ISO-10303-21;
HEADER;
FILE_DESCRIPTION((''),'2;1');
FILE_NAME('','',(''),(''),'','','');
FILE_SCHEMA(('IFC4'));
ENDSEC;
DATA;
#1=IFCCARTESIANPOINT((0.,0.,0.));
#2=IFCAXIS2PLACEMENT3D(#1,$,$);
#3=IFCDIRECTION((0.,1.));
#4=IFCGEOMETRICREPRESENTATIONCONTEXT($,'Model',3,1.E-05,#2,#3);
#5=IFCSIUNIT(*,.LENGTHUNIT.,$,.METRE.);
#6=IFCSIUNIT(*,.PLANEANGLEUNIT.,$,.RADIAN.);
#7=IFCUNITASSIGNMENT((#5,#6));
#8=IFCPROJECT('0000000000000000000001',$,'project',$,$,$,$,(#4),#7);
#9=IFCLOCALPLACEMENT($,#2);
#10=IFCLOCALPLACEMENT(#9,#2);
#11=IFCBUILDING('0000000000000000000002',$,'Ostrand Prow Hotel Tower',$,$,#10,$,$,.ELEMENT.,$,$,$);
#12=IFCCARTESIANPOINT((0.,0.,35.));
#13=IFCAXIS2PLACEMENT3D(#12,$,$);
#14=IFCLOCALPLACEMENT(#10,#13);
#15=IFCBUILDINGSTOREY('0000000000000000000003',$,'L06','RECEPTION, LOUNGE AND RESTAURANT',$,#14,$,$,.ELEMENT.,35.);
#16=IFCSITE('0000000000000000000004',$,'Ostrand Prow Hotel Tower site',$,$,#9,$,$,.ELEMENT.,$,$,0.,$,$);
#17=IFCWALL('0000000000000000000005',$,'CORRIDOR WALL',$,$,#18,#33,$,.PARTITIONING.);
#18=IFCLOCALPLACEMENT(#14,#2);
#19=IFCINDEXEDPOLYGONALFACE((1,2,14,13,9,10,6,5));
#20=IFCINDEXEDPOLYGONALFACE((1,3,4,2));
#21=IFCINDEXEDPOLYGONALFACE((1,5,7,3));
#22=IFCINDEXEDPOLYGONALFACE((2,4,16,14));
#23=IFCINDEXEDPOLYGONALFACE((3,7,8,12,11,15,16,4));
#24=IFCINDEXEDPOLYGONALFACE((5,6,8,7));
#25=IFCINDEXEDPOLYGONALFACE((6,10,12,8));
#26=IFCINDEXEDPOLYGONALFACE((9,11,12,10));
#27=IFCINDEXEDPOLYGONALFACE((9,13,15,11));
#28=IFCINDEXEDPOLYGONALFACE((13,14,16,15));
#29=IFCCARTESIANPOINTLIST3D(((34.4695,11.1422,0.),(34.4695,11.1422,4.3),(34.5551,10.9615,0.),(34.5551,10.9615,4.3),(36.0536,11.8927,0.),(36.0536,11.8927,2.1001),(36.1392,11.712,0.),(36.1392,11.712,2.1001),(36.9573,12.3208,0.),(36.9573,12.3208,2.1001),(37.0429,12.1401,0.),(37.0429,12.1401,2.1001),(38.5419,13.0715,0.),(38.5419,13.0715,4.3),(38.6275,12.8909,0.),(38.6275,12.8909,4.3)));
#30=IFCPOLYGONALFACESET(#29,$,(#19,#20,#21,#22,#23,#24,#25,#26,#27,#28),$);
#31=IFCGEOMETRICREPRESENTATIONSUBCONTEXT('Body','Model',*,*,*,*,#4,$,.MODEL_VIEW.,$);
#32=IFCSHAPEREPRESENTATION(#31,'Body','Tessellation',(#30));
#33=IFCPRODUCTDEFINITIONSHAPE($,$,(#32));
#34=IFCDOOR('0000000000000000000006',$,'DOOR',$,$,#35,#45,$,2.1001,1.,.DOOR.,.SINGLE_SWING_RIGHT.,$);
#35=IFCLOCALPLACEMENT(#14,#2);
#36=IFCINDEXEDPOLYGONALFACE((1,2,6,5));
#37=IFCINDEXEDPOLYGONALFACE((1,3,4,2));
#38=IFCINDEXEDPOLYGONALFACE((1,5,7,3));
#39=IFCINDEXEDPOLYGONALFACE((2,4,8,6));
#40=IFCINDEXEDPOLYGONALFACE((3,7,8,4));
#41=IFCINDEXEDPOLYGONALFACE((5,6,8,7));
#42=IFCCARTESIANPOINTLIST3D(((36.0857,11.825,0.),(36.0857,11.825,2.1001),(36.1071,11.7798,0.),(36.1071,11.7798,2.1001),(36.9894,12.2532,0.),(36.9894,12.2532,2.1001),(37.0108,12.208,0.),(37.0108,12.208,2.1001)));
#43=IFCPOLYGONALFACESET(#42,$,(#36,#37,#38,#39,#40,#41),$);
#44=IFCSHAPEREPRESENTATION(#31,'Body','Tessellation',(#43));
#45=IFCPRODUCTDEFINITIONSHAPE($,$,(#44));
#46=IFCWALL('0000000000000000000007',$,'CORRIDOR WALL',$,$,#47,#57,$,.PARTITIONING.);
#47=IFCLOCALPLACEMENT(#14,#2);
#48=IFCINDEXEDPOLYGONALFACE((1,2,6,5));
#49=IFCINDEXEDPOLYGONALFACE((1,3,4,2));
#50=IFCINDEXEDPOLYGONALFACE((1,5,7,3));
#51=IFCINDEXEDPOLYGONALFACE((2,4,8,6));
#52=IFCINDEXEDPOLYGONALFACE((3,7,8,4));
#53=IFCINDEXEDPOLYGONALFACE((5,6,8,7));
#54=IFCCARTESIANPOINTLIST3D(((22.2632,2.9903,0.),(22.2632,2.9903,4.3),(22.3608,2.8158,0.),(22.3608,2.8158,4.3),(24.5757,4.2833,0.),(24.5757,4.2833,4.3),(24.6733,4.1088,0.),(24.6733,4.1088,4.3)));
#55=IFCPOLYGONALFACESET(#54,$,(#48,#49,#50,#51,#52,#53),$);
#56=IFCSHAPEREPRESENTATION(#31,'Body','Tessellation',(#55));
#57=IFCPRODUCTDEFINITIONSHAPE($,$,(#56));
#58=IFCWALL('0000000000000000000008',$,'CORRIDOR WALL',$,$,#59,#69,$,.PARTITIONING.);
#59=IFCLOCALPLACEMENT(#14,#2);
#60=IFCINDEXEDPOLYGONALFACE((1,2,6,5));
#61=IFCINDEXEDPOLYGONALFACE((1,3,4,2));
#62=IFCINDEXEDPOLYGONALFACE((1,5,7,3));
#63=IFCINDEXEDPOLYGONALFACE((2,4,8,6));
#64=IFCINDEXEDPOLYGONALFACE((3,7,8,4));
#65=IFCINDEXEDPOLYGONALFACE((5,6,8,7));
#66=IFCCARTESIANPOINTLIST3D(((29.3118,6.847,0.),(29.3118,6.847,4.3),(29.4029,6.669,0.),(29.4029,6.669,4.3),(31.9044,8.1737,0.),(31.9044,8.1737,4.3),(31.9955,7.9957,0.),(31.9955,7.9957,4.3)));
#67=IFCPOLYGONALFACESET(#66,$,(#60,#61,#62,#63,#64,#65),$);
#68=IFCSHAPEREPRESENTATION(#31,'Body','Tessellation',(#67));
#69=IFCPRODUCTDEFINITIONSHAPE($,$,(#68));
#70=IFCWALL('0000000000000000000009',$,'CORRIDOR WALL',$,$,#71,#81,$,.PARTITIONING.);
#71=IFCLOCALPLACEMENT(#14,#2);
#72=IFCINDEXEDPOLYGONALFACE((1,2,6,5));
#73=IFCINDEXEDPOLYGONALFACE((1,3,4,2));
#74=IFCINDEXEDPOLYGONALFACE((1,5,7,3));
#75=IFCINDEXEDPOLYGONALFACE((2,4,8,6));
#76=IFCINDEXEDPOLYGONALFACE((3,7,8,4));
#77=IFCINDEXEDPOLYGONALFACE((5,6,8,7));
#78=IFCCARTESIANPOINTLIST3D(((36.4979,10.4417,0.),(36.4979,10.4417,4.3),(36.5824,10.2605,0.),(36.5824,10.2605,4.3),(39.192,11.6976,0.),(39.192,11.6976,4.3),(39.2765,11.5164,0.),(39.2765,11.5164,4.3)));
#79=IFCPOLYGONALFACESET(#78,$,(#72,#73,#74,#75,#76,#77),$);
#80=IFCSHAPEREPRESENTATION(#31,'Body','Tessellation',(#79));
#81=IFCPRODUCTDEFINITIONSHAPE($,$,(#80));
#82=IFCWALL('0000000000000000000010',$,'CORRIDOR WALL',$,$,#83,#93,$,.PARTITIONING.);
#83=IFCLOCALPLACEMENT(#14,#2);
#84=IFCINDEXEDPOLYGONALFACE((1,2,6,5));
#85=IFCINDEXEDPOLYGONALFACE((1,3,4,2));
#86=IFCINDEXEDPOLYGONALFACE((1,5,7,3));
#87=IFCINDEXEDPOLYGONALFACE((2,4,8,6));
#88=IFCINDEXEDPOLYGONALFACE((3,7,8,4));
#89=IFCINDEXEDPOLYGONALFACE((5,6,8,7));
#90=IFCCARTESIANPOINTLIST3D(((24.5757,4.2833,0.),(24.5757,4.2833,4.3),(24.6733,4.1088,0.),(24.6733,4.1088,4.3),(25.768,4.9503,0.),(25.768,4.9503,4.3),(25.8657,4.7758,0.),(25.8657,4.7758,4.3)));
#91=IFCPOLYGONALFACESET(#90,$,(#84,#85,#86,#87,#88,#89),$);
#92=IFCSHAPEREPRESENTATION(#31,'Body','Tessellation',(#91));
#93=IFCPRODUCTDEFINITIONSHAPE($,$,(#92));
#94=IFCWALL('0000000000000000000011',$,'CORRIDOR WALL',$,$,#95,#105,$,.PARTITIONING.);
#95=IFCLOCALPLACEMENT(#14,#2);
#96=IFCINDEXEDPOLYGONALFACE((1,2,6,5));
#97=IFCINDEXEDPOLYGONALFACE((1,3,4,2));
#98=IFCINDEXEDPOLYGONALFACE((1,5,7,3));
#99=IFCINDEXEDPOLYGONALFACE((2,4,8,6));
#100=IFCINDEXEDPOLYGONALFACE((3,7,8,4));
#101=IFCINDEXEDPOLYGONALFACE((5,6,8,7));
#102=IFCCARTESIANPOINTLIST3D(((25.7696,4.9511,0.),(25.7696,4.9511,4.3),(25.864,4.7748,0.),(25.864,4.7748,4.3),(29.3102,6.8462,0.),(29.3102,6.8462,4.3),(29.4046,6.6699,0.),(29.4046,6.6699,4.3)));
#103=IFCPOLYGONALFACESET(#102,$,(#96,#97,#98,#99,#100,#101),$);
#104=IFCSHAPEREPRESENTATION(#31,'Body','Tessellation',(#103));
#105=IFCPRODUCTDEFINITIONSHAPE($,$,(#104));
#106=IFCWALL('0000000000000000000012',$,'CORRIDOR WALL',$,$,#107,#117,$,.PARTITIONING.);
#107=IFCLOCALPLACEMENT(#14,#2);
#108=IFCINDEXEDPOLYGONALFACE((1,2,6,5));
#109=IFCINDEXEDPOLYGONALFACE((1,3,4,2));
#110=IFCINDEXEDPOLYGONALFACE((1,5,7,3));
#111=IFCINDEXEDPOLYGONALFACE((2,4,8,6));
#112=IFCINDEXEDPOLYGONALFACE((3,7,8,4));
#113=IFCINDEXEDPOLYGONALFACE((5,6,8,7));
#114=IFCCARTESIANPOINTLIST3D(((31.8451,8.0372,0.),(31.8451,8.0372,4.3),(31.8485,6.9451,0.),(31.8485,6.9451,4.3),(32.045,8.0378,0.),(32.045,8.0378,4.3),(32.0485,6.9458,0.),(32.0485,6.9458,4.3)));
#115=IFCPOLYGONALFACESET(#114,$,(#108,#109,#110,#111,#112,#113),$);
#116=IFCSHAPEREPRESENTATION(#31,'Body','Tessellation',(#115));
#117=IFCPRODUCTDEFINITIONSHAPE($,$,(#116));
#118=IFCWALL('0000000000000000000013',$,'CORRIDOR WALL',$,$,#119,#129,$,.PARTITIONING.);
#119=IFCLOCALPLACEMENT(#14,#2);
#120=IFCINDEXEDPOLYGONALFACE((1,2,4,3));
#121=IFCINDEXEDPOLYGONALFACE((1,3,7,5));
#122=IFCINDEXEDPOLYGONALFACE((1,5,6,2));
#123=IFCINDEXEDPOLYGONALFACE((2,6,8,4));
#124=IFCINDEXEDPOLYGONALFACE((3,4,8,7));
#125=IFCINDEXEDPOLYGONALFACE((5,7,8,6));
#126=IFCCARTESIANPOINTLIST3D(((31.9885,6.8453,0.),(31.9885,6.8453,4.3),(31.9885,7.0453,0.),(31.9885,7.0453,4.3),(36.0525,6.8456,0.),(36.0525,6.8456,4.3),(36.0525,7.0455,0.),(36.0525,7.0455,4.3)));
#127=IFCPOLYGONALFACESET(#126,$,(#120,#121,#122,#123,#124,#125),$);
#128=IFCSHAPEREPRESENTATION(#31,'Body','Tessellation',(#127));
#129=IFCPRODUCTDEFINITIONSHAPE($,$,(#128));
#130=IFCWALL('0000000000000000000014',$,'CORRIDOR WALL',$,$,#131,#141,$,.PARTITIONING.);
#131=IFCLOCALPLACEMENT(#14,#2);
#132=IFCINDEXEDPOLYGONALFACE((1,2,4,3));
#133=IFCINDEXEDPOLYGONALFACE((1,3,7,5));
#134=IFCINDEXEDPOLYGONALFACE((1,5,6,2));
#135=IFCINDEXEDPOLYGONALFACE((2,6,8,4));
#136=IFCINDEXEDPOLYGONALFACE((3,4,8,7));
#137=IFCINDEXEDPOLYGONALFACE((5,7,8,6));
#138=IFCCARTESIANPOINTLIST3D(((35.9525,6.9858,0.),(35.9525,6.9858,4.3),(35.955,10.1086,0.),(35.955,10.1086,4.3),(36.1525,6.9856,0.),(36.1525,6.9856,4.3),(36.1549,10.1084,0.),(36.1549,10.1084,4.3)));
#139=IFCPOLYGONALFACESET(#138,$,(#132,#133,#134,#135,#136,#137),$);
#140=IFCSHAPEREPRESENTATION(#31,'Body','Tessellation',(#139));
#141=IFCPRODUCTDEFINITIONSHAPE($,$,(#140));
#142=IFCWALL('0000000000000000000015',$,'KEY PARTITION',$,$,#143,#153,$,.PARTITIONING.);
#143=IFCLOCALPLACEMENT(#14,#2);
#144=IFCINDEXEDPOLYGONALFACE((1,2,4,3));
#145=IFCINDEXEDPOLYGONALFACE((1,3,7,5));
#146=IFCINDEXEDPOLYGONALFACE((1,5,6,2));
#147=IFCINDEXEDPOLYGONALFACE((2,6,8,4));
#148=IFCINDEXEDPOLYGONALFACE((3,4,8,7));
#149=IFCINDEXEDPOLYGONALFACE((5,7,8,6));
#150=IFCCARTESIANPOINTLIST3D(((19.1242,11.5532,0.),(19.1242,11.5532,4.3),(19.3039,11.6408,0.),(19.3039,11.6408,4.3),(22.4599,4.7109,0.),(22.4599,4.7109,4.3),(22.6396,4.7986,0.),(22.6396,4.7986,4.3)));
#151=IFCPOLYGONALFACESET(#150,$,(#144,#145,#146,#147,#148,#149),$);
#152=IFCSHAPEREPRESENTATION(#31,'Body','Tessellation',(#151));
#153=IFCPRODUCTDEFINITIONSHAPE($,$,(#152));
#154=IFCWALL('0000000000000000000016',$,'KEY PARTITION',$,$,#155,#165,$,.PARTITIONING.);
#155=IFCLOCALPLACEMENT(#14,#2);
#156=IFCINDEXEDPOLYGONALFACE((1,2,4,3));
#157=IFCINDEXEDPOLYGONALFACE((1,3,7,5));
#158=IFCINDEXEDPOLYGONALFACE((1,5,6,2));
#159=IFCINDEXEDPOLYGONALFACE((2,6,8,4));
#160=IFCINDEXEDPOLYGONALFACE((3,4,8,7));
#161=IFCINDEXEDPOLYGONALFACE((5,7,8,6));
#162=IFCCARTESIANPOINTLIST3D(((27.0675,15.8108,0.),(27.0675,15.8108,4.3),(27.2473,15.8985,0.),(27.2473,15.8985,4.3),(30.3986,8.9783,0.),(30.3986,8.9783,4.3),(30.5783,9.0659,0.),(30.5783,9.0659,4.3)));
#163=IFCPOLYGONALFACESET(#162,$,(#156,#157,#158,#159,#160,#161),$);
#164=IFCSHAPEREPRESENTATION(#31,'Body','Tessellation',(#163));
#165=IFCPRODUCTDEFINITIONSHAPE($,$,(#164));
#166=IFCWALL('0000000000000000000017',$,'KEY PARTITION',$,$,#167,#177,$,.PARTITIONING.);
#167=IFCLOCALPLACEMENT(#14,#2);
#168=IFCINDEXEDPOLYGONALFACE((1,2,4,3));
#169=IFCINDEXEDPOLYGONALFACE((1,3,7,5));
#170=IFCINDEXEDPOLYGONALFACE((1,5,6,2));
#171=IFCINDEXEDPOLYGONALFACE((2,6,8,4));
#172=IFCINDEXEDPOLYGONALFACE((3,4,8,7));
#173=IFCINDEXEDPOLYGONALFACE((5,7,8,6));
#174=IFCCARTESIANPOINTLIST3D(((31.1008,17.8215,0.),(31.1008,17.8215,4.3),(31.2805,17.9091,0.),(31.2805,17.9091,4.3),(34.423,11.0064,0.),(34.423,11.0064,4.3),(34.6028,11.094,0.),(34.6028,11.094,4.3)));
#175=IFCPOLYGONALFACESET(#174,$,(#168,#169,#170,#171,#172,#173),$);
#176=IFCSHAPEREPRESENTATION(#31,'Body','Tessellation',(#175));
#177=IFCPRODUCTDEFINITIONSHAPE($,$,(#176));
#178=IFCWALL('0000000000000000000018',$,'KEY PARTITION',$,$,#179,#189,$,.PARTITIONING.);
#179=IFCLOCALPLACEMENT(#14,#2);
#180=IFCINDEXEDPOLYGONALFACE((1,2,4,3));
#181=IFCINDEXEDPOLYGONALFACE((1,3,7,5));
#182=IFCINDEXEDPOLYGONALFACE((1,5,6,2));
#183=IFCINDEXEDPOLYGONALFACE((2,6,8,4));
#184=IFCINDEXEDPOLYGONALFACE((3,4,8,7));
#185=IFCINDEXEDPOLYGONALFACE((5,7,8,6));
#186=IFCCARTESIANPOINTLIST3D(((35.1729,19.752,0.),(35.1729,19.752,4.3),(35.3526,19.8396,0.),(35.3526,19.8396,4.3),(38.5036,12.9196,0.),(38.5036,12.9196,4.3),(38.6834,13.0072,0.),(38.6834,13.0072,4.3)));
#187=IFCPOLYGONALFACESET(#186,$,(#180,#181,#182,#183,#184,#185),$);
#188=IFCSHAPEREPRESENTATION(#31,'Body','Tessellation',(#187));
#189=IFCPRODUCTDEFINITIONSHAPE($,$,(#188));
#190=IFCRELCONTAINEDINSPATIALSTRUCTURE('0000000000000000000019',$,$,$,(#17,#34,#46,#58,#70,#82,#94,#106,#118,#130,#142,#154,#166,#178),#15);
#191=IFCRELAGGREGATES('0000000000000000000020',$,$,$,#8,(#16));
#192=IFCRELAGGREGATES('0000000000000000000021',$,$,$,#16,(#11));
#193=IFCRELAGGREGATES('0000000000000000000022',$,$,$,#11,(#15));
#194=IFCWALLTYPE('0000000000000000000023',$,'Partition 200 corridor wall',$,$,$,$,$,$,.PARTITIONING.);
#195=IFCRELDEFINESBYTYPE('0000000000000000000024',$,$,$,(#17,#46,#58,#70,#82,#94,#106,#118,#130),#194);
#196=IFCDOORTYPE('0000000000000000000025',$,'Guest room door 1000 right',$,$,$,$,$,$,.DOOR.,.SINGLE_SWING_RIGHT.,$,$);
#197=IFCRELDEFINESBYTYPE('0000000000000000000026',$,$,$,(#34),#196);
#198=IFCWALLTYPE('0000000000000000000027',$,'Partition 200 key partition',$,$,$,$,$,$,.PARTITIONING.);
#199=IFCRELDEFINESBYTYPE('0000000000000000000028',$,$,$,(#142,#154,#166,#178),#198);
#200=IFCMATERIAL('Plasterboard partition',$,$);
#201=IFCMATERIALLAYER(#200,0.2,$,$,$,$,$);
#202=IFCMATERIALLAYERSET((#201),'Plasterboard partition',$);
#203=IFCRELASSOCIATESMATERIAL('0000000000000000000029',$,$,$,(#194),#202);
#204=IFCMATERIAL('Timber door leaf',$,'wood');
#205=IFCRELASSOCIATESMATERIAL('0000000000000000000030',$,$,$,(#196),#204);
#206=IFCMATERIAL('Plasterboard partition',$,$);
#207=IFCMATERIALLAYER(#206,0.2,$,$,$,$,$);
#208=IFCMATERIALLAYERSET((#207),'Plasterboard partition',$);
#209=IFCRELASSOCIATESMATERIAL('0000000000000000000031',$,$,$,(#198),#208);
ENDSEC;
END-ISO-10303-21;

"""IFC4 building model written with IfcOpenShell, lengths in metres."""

from ifc_helpers import new_model, si_unit, direction, frame, frame_2d, origin, place, context, subcontext, project, spatial, rectangle, extrude, material, layer, layer_set, type_object, element, fill, save


model = new_model("IFC4")

# Units and contexts
model_context = context("Model", 3, precision=1e-05, world=origin(), true_north=direction((0.0, 1.0)))
body_context = subcontext(model_context, "Body", "Model", "MODEL_VIEW")
ifc_project = project(units=[si_unit("LENGTHUNIT", "METRE"), si_unit("PLANEANGLEUNIT", "RADIAN")], contexts=[model_context])

# Site, building, storey
site_placement = place(None, origin())
site = spatial("IfcSite", under=ifc_project, at=site_placement, Name="Ostrand Prow Hotel Tower site", CompositionType="ELEMENT", RefElevation=0.0)
building_placement = place(site_placement, origin())
building = spatial("IfcBuilding", under=site, at=building_placement, Name="Ostrand Prow Hotel Tower", CompositionType="ELEMENT")
storey_placement = place(building_placement, frame((0.0, 0.0, 35.0)))
storey = spatial("IfcBuildingStorey", under=building, at=storey_placement, Name="L06", Description="RECEPTION, LOUNGE AND RESTAURANT", CompositionType="ELEMENT", Elevation=35.0)

# Wall, opening, door
ifc_material_1 = material(Name="Plasterboard partition")
ifc_layer_1 = layer(ifc_material_1, 0.2)
ifc_layer_set_1 = layer_set([ifc_layer_1], Name="Plasterboard partition")
wall_type_1 = type_object("IfcWallType", Name="Partition 200 corridor wall", PredefinedType="PARTITIONING", material=ifc_layer_set_1)
wall_1_placement = place(storey_placement, frame((38.5847, 12.9812, 0.0), z_axis=(0.0, 0.0, 1.0), x_axis=(-0.903707, -0.428152, 0.0)))
wall_1 = element("IfcWall", 1, at=wall_1_placement, inside=storey, type_object=wall_type_1, Name="CORRIDOR WALL", PredefinedType="PARTITIONING", context=body_context, shape_type="SweptSolid", body=[
    extrude(rectangle(XDim=4.5063, YDim=0.2, at=frame_2d((2.2532, 0.0))), origin(), (0.0, 0.0, 1.0), 4.3),
])
opening_1_placement = place(wall_1_placement, frame((1.7534, 0.0, 0.0)))
opening_1 = element("IfcOpeningElement", 2, at=opening_1_placement, cuts=wall_1, PredefinedType="OPENING", context=body_context, shape_type="SweptSolid", body=[
    extrude(rectangle(XDim=1.0, YDim=2.1001, at=frame_2d((0.5, 1.05))), frame((0.0, 0.1099, 0.0), z_axis=(0.0, -1.0, 0.0), x_axis=(1.0, 0.0, 0.0)), (0.0, 0.0, 1.0), 0.22),
])
ifc_material_2 = material(Name="Timber door leaf", Category="wood")
door_type_1 = type_object("IfcDoorType", Name="Guest room door 1000 right", OperationType="SINGLE_SWING_RIGHT", PredefinedType="DOOR", material=ifc_material_2)
door_1_placement = place(opening_1_placement, origin())
door_1 = element("IfcDoor", 3, at=door_1_placement, inside=storey, type_object=door_type_1, Name="DOOR", OperationType="SINGLE_SWING_RIGHT", OverallHeight=2.1001, OverallWidth=1.0, PredefinedType="DOOR", context=body_context, shape_type="SweptSolid", body=[
    extrude(rectangle(XDim=1.0, YDim=2.1001, at=frame_2d((0.5, 1.05))), frame((0.0, 0.0249, 0.0), z_axis=(0.0, -1.0, 0.0), x_axis=(1.0, 0.0, 0.0)), (0.0, 0.0, 1.0), 0.05),
])
fill(opening_1, door_1)

# Walls
wall_2_placement = place(storey_placement, frame((22.312, 2.9031, 0.0), z_axis=(0.0, 0.0, 1.0), x_axis=(0.872833, 0.48802, 0.0)))
element("IfcWall", 4, at=wall_2_placement, inside=storey, type_object=wall_type_1, Name="CORRIDOR WALL", PredefinedType="PARTITIONING", context=body_context, shape_type="SweptSolid", body=[
    extrude(rectangle(XDim=2.6494, YDim=0.2, at=frame_2d((1.3247, 0.0))), origin(), (0.0, 0.0, 1.0), 4.3),
])
wall_3_placement = place(storey_placement, frame((29.3574, 6.7581, 0.0), z_axis=(0.0, 0.0, 1.0), x_axis=(0.890213, 0.455544, 0.0)))
element("IfcWall", 5, at=wall_3_placement, inside=storey, type_object=wall_type_1, Name="CORRIDOR WALL", PredefinedType="PARTITIONING", context=body_context, shape_type="SweptSolid", body=[
    extrude(rectangle(XDim=2.9124, YDim=0.2, at=frame_2d((1.4561, 0.0))), origin(), (0.0, 0.0, 1.0), 4.3),
])
wall_4_placement = place(storey_placement, frame((36.54, 10.3511, 0.0), z_axis=(0.0, 0.0, 1.0), x_axis=(0.906361, 0.422503, 0.0)))
element("IfcWall", 6, at=wall_4_placement, inside=storey, type_object=wall_type_1, Name="CORRIDOR WALL", PredefinedType="PARTITIONING", context=body_context, shape_type="SweptSolid", body=[
    extrude(rectangle(XDim=2.9724, YDim=0.2, at=frame_2d((1.4863, 0.0))), origin(), (0.0, 0.0, 1.0), 4.3),
])
wall_5_placement = place(storey_placement, frame((24.6245, 4.196, 0.0), z_axis=(0.0, 0.0, 1.0), x_axis=(0.872738, 0.48819, 0.0)))
element("IfcWall", 7, at=wall_5_placement, inside=storey, type_object=wall_type_1, Name="CORRIDOR WALL", PredefinedType="PARTITIONING", context=body_context, shape_type="SweptSolid", body=[
    extrude(rectangle(XDim=1.3662, YDim=0.2, at=frame_2d((0.6831, 0.0))), origin(), (0.0, 0.0, 1.0), 4.3),
])
wall_6_placement = place(storey_placement, frame((25.8169, 4.863, 0.0), z_axis=(0.0, 0.0, 1.0), x_axis=(0.881655, 0.471894, 0.0)))
element("IfcWall", 8, at=wall_6_placement, inside=storey, type_object=wall_type_1, Name="CORRIDOR WALL", PredefinedType="PARTITIONING", context=body_context, shape_type="SweptSolid", body=[
    extrude(rectangle(XDim=4.0159, YDim=0.2, at=frame_2d((2.0078, 0.0))), origin(), (0.0, 0.0, 1.0), 4.3),
])
wall_7_placement = place(storey_placement, frame((31.9451, 8.0374, 0.0), z_axis=(0.0, 0.0, 1.0), x_axis=(0.00313, -0.999995, 0.0)))
element("IfcWall", 9, at=wall_7_placement, inside=storey, type_object=wall_type_1, Name="CORRIDOR WALL", PredefinedType="PARTITIONING", context=body_context, shape_type="SweptSolid", body=[
    extrude(rectangle(XDim=1.092, YDim=0.2, at=frame_2d((0.5459, 0.0))), origin(), (0.0, 0.0, 1.0), 4.3),
])
wall_8_placement = place(storey_placement, frame((31.9885, 6.9453, 0.0), z_axis=(0.0, 0.0, 1.0), x_axis=(1.0, 0.00006, 0.0)))
element("IfcWall", 10, at=wall_8_placement, inside=storey, type_object=wall_type_1, Name="CORRIDOR WALL", PredefinedType="PARTITIONING", context=body_context, shape_type="SweptSolid", body=[
    extrude(rectangle(XDim=4.064, YDim=0.2, at=frame_2d((2.032, 0.0))), origin(), (0.0, 0.0, 1.0), 4.3),
])
wall_9_placement = place(storey_placement, frame((36.0525, 6.9856, 0.0), z_axis=(0.0, 0.0, 1.0), x_axis=(0.000782, 1.0, 0.0)))
element("IfcWall", 11, at=wall_9_placement, inside=storey, type_object=wall_type_1, Name="CORRIDOR WALL", PredefinedType="PARTITIONING", context=body_context, shape_type="SweptSolid", body=[
    extrude(rectangle(XDim=3.1228, YDim=0.2, at=frame_2d((1.5615, 0.0))), origin(), (0.0, 0.0, 1.0), 4.3),
])
ifc_material_3 = material(Name="Plasterboard partition")
ifc_layer_2 = layer(ifc_material_3, 0.2)
ifc_layer_set_2 = layer_set([ifc_layer_2], Name="Plasterboard partition")
wall_type_2 = type_object("IfcWallType", Name="Partition 200 key partition", PredefinedType="PARTITIONING", material=ifc_layer_set_2)
wall_10_placement = place(storey_placement, frame((22.5498, 4.7546, 0.0), z_axis=(0.0, 0.0, 1.0), x_axis=(-0.438211, 0.898872, 0.0)))
element("IfcWall", 12, at=wall_10_placement, inside=storey, type_object=wall_type_2, Name="KEY PARTITION", PredefinedType="PARTITIONING", context=body_context, shape_type="SweptSolid", body=[
    extrude(rectangle(XDim=7.6121, YDim=0.2, at=frame_2d((3.8062, 0.0))), origin(), (0.0, 0.0, 1.0), 4.3),
])
wall_11_placement = place(storey_placement, frame((30.4885, 9.022, 0.0), z_axis=(0.0, 0.0, 1.0), x_axis=(-0.438224, 0.898866, 0.0)))
element("IfcWall", 13, at=wall_11_placement, inside=storey, type_object=wall_type_2, Name="KEY PARTITION", PredefinedType="PARTITIONING", context=body_context, shape_type="SweptSolid", body=[
    extrude(rectangle(XDim=7.6013, YDim=0.2, at=frame_2d((3.8008, 0.0))), origin(), (0.0, 0.0, 1.0), 4.3),
])
wall_12_placement = place(storey_placement, frame((34.5129, 11.05, 0.0), z_axis=(0.0, 0.0, 1.0), x_axis=(-0.438188, 0.898884, 0.0)))
element("IfcWall", 14, at=wall_12_placement, inside=storey, type_object=wall_type_2, Name="KEY PARTITION", PredefinedType="PARTITIONING", context=body_context, shape_type="SweptSolid", body=[
    extrude(rectangle(XDim=7.5818, YDim=0.2, at=frame_2d((3.791, 0.0))), origin(), (0.0, 0.0, 1.0), 4.3),
])
wall_13_placement = place(storey_placement, frame((38.5935, 12.9634, 0.0), z_axis=(0.0, 0.0, 1.0), x_axis=(-0.438198, 0.898879, 0.0)))
element("IfcWall", 15, at=wall_13_placement, inside=storey, type_object=wall_type_2, Name="KEY PARTITION", PredefinedType="PARTITIONING", context=body_context, shape_type="SweptSolid", body=[
    extrude(rectangle(XDim=7.6011, YDim=0.2, at=frame_2d((3.8005, 0.0))), origin(), (0.0, 0.0, 1.0), 4.3),
])

save(model, "model.ifc")
